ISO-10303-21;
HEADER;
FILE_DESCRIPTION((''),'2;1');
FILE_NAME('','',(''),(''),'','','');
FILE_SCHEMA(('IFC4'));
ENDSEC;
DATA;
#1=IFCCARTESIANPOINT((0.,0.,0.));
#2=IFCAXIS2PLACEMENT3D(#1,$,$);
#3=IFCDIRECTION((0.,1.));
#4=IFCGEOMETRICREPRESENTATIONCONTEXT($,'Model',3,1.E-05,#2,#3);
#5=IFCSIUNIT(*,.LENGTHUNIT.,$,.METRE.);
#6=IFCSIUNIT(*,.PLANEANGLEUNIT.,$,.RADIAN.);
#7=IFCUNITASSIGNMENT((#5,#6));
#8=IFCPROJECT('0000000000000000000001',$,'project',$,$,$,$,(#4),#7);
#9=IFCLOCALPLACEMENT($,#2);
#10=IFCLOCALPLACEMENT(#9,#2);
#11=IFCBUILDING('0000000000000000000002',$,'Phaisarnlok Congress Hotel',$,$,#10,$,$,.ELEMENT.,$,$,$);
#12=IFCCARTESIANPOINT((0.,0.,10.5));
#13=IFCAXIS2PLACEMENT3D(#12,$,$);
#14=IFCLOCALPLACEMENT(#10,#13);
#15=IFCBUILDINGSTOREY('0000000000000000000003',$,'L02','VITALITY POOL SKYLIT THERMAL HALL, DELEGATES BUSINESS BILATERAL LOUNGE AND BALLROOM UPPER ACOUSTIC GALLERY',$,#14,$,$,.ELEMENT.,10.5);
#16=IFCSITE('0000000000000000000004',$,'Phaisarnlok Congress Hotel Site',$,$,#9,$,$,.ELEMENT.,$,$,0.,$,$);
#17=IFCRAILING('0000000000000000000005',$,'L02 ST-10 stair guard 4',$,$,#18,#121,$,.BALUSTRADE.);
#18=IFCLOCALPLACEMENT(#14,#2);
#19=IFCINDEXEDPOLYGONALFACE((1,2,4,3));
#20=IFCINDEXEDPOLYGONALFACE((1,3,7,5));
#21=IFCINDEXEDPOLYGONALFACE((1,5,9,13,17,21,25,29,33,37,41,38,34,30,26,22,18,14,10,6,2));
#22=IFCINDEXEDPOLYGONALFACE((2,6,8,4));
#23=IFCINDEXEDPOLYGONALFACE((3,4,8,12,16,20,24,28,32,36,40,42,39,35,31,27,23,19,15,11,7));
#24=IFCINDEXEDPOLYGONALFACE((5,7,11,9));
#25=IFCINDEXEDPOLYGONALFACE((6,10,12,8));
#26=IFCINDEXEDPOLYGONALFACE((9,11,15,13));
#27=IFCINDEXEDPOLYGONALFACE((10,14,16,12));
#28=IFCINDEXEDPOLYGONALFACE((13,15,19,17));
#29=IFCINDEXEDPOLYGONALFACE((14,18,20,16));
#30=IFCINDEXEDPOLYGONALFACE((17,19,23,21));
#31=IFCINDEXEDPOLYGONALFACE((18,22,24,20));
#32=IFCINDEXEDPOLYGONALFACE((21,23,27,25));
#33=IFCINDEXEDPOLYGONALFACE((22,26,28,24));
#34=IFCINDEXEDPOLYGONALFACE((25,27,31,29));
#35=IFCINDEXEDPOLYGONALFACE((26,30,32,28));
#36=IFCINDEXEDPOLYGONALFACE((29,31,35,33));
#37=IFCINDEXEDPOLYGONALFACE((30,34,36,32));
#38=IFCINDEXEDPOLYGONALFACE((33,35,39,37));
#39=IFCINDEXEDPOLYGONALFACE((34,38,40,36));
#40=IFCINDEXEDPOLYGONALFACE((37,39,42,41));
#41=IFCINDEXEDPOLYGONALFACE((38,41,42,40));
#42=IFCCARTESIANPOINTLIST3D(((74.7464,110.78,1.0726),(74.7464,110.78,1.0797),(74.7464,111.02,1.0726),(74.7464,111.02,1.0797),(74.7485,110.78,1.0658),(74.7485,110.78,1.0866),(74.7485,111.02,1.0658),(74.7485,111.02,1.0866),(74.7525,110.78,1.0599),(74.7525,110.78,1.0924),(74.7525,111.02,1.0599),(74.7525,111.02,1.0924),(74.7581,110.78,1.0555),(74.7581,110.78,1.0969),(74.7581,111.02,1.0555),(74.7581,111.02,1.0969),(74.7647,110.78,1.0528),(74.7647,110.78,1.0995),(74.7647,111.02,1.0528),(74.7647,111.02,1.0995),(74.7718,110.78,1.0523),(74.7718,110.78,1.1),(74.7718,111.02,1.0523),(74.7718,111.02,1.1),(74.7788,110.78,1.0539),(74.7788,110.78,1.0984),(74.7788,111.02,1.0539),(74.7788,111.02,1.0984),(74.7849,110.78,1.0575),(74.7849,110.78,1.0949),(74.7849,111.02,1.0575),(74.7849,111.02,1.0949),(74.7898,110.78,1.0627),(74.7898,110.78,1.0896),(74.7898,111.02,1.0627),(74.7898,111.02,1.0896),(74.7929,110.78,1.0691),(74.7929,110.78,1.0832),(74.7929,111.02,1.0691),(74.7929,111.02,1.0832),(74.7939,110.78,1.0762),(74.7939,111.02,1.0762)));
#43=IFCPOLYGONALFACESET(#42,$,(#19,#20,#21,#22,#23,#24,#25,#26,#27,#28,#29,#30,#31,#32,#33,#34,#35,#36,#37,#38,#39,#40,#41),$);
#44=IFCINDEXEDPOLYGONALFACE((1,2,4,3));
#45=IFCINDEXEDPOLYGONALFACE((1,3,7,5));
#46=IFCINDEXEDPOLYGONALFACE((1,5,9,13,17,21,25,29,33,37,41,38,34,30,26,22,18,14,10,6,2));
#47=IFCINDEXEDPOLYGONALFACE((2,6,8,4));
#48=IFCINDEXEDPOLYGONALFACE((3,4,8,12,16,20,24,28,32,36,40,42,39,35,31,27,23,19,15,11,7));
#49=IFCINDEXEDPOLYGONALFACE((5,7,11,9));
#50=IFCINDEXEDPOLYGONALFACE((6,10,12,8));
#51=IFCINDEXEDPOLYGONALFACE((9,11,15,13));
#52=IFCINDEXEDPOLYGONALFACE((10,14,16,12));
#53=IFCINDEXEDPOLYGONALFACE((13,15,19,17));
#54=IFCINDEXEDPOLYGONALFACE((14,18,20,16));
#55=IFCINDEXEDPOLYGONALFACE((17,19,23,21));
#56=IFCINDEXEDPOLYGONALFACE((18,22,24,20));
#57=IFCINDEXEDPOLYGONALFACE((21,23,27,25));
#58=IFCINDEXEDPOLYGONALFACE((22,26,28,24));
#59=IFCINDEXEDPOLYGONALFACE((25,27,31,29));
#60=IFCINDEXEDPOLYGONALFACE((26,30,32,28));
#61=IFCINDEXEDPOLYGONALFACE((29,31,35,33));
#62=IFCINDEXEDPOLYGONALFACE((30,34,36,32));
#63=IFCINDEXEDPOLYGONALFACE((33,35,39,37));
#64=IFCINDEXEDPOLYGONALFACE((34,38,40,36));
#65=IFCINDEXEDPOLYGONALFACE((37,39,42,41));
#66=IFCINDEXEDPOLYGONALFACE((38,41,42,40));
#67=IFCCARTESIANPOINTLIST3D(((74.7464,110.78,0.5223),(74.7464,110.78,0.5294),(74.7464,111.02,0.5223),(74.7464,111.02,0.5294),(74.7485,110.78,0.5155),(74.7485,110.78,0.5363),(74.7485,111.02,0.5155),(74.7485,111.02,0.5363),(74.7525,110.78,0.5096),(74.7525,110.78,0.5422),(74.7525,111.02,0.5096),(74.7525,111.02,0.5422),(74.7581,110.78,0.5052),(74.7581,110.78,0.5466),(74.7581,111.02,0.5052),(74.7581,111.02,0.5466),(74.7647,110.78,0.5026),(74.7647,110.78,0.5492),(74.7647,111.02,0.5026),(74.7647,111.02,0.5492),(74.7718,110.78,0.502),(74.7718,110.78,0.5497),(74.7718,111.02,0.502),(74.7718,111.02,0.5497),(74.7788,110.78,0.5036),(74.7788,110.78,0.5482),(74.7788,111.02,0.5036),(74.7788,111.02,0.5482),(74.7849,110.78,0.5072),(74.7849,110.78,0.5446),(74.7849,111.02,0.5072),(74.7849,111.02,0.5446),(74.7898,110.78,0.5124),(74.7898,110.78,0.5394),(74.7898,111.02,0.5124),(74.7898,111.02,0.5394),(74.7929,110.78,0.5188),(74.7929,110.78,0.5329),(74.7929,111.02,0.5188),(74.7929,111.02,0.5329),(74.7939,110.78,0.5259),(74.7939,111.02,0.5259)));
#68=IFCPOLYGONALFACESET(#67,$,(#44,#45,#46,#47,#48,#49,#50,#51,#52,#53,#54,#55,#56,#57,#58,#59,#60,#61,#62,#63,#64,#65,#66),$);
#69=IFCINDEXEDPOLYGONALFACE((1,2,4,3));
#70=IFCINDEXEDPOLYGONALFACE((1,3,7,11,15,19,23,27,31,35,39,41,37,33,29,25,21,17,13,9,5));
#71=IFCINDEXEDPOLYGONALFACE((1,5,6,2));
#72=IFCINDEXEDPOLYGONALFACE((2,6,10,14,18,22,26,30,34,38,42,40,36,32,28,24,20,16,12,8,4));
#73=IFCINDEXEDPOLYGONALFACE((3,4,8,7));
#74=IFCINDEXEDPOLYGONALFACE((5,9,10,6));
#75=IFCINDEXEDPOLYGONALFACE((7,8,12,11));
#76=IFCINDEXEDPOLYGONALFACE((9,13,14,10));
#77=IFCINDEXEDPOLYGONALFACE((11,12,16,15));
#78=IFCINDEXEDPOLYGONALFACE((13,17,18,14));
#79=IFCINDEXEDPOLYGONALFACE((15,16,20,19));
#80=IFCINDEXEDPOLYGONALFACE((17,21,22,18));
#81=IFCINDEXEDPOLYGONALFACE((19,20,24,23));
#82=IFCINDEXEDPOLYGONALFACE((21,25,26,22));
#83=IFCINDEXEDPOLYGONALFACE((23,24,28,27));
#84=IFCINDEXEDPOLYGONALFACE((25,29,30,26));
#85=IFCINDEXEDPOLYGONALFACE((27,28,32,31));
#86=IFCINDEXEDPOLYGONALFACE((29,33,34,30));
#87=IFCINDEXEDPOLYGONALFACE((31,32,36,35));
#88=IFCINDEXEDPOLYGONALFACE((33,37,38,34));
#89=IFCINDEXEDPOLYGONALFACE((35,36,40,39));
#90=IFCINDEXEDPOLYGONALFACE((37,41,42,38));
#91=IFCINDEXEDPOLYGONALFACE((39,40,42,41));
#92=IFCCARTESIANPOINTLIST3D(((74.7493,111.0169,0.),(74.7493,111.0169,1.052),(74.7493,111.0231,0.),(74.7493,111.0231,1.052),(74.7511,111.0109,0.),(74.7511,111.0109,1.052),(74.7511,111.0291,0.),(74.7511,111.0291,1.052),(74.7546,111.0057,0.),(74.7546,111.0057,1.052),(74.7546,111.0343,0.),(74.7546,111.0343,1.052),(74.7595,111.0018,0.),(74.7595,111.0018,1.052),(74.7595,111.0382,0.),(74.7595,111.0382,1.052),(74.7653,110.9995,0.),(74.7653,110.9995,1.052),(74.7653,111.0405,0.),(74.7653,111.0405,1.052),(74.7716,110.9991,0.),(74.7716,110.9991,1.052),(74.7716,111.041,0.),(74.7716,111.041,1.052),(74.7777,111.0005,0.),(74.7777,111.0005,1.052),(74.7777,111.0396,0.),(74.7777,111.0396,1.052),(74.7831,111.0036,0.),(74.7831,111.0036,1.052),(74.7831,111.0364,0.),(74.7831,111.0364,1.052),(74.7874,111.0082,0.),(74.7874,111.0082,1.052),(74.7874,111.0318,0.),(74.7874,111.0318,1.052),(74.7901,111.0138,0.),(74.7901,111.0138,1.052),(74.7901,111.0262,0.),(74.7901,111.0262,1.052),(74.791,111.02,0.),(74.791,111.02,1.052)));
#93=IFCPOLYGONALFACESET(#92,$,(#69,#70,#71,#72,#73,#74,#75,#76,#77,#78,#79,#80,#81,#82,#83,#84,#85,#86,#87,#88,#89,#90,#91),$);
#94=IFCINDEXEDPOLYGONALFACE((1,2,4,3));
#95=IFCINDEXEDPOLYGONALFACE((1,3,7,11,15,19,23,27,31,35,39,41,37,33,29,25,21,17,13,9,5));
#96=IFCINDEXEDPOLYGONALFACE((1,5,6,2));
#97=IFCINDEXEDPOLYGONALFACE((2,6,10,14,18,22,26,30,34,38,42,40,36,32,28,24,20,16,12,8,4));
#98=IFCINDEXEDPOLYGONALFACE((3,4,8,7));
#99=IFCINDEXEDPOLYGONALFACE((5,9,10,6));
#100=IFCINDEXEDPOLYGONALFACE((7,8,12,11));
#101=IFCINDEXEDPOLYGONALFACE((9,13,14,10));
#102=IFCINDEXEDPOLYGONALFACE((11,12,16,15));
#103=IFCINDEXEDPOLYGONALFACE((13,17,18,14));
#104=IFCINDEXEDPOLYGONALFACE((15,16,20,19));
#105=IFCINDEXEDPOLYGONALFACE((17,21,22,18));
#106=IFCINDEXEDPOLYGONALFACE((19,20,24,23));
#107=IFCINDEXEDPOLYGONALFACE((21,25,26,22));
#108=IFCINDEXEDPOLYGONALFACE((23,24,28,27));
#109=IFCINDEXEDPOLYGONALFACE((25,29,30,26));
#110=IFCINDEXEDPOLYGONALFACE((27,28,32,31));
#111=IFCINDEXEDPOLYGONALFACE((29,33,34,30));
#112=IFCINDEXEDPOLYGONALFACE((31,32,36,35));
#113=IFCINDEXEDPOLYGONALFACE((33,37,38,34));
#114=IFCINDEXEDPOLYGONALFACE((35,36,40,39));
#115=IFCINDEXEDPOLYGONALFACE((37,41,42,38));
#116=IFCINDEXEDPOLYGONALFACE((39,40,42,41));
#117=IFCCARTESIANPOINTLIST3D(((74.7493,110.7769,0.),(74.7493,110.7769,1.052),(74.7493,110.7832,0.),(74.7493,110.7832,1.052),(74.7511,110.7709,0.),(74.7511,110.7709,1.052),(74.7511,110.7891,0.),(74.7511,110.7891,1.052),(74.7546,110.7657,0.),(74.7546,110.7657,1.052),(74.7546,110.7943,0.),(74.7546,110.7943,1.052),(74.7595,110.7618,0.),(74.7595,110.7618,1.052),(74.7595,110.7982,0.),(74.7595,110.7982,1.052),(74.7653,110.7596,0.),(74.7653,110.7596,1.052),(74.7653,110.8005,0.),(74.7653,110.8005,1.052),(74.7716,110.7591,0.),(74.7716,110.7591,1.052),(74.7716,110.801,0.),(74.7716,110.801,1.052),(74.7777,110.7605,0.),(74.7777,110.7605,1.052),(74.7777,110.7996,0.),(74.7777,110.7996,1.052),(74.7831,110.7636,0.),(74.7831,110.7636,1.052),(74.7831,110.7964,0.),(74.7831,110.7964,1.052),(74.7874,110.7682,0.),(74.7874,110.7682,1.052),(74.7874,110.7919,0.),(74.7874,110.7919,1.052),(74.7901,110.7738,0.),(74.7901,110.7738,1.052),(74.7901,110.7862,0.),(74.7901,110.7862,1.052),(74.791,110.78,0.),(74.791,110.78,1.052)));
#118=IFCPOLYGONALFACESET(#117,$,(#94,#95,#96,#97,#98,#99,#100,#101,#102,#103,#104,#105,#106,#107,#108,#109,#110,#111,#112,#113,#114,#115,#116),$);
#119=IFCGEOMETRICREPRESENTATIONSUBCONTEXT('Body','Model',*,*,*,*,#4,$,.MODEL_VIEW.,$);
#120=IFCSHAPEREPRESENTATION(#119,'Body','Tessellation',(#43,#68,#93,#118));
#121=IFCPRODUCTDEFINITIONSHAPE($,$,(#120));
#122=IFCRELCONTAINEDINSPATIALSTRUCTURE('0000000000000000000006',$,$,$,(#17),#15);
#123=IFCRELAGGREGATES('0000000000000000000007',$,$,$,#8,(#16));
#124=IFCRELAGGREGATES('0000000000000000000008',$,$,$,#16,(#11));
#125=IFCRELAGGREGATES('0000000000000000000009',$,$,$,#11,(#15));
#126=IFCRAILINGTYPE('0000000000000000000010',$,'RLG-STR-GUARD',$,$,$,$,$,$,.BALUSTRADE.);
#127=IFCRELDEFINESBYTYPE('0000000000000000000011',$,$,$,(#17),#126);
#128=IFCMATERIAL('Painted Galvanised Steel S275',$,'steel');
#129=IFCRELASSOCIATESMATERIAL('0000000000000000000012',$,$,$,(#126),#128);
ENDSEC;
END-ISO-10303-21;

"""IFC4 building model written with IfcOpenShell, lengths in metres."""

from ifc_helpers import new_model, si_unit, direction, frame, origin, origin_2d, place, context, subcontext, project, spatial, circle, extrude, material, type_object, element, save


model = new_model("IFC4")

# Units and contexts
model_context = context("Model", 3, precision=1e-05, world=origin(), true_north=direction((0.0, 1.0)))
body_context = subcontext(model_context, "Body", "Model", "MODEL_VIEW")
ifc_project = project(units=[si_unit("LENGTHUNIT", "METRE"), si_unit("PLANEANGLEUNIT", "RADIAN")], contexts=[model_context])

# Site, building, storey
site_placement = place(None, origin())
site = spatial("IfcSite", under=ifc_project, at=site_placement, Name="Phaisarnlok Congress Hotel Site", CompositionType="ELEMENT", RefElevation=0.0)
building_placement = place(site_placement, origin())
building = spatial("IfcBuilding", under=site, at=building_placement, Name="Phaisarnlok Congress Hotel", CompositionType="ELEMENT")
storey_placement = place(building_placement, frame((0.0, 0.0, 10.5)))
storey = spatial("IfcBuildingStorey", under=building, at=storey_placement, Name="L02", Description="VITALITY POOL SKYLIT THERMAL HALL, DELEGATES BUSINESS BILATERAL LOUNGE AND BALLROOM UPPER ACOUSTIC GALLERY", CompositionType="ELEMENT", Elevation=10.5)

# Railing
ifc_material_1 = material(Name="Painted Galvanised Steel S275", Category="steel")
railing_type_1 = type_object("IfcRailingType", Name="RLG-STR-GUARD", PredefinedType="BALUSTRADE", material=ifc_material_1)
railing_1_placement = place(storey_placement, frame((74.77, 111.02, 0.0)))
element("IfcRailing", 1, at=railing_1_placement, inside=storey, type_object=railing_type_1, Name="L02 ST-10 stair guard 4", PredefinedType="BALUSTRADE", context=body_context, shape_type="SweptSolid", body=[
    extrude(circle(Radius=0.0239, at=origin_2d()), frame((0.0, 0.0, 1.0762), z_axis=(0.0, -1.0, 0.0), x_axis=(1.0, 0.0, 0.0)), (0.0, 0.0, 1.0), 0.24),
    extrude(circle(Radius=0.0239, at=origin_2d()), frame((0.0, 0.0, 0.5259), z_axis=(0.0, -1.0, 0.0), x_axis=(1.0, 0.0, 0.0)), (0.0, 0.0, 1.0), 0.24),
    extrude(circle(Radius=0.021, at=origin_2d()), origin(), (0.0, 0.0, 1.0), 1.052),
    extrude(circle(Radius=0.021, at=origin_2d()), frame((0.0, -0.24, 0.0)), (0.0, 0.0, 1.0), 1.052),
])

save(model, "model.ifc")
